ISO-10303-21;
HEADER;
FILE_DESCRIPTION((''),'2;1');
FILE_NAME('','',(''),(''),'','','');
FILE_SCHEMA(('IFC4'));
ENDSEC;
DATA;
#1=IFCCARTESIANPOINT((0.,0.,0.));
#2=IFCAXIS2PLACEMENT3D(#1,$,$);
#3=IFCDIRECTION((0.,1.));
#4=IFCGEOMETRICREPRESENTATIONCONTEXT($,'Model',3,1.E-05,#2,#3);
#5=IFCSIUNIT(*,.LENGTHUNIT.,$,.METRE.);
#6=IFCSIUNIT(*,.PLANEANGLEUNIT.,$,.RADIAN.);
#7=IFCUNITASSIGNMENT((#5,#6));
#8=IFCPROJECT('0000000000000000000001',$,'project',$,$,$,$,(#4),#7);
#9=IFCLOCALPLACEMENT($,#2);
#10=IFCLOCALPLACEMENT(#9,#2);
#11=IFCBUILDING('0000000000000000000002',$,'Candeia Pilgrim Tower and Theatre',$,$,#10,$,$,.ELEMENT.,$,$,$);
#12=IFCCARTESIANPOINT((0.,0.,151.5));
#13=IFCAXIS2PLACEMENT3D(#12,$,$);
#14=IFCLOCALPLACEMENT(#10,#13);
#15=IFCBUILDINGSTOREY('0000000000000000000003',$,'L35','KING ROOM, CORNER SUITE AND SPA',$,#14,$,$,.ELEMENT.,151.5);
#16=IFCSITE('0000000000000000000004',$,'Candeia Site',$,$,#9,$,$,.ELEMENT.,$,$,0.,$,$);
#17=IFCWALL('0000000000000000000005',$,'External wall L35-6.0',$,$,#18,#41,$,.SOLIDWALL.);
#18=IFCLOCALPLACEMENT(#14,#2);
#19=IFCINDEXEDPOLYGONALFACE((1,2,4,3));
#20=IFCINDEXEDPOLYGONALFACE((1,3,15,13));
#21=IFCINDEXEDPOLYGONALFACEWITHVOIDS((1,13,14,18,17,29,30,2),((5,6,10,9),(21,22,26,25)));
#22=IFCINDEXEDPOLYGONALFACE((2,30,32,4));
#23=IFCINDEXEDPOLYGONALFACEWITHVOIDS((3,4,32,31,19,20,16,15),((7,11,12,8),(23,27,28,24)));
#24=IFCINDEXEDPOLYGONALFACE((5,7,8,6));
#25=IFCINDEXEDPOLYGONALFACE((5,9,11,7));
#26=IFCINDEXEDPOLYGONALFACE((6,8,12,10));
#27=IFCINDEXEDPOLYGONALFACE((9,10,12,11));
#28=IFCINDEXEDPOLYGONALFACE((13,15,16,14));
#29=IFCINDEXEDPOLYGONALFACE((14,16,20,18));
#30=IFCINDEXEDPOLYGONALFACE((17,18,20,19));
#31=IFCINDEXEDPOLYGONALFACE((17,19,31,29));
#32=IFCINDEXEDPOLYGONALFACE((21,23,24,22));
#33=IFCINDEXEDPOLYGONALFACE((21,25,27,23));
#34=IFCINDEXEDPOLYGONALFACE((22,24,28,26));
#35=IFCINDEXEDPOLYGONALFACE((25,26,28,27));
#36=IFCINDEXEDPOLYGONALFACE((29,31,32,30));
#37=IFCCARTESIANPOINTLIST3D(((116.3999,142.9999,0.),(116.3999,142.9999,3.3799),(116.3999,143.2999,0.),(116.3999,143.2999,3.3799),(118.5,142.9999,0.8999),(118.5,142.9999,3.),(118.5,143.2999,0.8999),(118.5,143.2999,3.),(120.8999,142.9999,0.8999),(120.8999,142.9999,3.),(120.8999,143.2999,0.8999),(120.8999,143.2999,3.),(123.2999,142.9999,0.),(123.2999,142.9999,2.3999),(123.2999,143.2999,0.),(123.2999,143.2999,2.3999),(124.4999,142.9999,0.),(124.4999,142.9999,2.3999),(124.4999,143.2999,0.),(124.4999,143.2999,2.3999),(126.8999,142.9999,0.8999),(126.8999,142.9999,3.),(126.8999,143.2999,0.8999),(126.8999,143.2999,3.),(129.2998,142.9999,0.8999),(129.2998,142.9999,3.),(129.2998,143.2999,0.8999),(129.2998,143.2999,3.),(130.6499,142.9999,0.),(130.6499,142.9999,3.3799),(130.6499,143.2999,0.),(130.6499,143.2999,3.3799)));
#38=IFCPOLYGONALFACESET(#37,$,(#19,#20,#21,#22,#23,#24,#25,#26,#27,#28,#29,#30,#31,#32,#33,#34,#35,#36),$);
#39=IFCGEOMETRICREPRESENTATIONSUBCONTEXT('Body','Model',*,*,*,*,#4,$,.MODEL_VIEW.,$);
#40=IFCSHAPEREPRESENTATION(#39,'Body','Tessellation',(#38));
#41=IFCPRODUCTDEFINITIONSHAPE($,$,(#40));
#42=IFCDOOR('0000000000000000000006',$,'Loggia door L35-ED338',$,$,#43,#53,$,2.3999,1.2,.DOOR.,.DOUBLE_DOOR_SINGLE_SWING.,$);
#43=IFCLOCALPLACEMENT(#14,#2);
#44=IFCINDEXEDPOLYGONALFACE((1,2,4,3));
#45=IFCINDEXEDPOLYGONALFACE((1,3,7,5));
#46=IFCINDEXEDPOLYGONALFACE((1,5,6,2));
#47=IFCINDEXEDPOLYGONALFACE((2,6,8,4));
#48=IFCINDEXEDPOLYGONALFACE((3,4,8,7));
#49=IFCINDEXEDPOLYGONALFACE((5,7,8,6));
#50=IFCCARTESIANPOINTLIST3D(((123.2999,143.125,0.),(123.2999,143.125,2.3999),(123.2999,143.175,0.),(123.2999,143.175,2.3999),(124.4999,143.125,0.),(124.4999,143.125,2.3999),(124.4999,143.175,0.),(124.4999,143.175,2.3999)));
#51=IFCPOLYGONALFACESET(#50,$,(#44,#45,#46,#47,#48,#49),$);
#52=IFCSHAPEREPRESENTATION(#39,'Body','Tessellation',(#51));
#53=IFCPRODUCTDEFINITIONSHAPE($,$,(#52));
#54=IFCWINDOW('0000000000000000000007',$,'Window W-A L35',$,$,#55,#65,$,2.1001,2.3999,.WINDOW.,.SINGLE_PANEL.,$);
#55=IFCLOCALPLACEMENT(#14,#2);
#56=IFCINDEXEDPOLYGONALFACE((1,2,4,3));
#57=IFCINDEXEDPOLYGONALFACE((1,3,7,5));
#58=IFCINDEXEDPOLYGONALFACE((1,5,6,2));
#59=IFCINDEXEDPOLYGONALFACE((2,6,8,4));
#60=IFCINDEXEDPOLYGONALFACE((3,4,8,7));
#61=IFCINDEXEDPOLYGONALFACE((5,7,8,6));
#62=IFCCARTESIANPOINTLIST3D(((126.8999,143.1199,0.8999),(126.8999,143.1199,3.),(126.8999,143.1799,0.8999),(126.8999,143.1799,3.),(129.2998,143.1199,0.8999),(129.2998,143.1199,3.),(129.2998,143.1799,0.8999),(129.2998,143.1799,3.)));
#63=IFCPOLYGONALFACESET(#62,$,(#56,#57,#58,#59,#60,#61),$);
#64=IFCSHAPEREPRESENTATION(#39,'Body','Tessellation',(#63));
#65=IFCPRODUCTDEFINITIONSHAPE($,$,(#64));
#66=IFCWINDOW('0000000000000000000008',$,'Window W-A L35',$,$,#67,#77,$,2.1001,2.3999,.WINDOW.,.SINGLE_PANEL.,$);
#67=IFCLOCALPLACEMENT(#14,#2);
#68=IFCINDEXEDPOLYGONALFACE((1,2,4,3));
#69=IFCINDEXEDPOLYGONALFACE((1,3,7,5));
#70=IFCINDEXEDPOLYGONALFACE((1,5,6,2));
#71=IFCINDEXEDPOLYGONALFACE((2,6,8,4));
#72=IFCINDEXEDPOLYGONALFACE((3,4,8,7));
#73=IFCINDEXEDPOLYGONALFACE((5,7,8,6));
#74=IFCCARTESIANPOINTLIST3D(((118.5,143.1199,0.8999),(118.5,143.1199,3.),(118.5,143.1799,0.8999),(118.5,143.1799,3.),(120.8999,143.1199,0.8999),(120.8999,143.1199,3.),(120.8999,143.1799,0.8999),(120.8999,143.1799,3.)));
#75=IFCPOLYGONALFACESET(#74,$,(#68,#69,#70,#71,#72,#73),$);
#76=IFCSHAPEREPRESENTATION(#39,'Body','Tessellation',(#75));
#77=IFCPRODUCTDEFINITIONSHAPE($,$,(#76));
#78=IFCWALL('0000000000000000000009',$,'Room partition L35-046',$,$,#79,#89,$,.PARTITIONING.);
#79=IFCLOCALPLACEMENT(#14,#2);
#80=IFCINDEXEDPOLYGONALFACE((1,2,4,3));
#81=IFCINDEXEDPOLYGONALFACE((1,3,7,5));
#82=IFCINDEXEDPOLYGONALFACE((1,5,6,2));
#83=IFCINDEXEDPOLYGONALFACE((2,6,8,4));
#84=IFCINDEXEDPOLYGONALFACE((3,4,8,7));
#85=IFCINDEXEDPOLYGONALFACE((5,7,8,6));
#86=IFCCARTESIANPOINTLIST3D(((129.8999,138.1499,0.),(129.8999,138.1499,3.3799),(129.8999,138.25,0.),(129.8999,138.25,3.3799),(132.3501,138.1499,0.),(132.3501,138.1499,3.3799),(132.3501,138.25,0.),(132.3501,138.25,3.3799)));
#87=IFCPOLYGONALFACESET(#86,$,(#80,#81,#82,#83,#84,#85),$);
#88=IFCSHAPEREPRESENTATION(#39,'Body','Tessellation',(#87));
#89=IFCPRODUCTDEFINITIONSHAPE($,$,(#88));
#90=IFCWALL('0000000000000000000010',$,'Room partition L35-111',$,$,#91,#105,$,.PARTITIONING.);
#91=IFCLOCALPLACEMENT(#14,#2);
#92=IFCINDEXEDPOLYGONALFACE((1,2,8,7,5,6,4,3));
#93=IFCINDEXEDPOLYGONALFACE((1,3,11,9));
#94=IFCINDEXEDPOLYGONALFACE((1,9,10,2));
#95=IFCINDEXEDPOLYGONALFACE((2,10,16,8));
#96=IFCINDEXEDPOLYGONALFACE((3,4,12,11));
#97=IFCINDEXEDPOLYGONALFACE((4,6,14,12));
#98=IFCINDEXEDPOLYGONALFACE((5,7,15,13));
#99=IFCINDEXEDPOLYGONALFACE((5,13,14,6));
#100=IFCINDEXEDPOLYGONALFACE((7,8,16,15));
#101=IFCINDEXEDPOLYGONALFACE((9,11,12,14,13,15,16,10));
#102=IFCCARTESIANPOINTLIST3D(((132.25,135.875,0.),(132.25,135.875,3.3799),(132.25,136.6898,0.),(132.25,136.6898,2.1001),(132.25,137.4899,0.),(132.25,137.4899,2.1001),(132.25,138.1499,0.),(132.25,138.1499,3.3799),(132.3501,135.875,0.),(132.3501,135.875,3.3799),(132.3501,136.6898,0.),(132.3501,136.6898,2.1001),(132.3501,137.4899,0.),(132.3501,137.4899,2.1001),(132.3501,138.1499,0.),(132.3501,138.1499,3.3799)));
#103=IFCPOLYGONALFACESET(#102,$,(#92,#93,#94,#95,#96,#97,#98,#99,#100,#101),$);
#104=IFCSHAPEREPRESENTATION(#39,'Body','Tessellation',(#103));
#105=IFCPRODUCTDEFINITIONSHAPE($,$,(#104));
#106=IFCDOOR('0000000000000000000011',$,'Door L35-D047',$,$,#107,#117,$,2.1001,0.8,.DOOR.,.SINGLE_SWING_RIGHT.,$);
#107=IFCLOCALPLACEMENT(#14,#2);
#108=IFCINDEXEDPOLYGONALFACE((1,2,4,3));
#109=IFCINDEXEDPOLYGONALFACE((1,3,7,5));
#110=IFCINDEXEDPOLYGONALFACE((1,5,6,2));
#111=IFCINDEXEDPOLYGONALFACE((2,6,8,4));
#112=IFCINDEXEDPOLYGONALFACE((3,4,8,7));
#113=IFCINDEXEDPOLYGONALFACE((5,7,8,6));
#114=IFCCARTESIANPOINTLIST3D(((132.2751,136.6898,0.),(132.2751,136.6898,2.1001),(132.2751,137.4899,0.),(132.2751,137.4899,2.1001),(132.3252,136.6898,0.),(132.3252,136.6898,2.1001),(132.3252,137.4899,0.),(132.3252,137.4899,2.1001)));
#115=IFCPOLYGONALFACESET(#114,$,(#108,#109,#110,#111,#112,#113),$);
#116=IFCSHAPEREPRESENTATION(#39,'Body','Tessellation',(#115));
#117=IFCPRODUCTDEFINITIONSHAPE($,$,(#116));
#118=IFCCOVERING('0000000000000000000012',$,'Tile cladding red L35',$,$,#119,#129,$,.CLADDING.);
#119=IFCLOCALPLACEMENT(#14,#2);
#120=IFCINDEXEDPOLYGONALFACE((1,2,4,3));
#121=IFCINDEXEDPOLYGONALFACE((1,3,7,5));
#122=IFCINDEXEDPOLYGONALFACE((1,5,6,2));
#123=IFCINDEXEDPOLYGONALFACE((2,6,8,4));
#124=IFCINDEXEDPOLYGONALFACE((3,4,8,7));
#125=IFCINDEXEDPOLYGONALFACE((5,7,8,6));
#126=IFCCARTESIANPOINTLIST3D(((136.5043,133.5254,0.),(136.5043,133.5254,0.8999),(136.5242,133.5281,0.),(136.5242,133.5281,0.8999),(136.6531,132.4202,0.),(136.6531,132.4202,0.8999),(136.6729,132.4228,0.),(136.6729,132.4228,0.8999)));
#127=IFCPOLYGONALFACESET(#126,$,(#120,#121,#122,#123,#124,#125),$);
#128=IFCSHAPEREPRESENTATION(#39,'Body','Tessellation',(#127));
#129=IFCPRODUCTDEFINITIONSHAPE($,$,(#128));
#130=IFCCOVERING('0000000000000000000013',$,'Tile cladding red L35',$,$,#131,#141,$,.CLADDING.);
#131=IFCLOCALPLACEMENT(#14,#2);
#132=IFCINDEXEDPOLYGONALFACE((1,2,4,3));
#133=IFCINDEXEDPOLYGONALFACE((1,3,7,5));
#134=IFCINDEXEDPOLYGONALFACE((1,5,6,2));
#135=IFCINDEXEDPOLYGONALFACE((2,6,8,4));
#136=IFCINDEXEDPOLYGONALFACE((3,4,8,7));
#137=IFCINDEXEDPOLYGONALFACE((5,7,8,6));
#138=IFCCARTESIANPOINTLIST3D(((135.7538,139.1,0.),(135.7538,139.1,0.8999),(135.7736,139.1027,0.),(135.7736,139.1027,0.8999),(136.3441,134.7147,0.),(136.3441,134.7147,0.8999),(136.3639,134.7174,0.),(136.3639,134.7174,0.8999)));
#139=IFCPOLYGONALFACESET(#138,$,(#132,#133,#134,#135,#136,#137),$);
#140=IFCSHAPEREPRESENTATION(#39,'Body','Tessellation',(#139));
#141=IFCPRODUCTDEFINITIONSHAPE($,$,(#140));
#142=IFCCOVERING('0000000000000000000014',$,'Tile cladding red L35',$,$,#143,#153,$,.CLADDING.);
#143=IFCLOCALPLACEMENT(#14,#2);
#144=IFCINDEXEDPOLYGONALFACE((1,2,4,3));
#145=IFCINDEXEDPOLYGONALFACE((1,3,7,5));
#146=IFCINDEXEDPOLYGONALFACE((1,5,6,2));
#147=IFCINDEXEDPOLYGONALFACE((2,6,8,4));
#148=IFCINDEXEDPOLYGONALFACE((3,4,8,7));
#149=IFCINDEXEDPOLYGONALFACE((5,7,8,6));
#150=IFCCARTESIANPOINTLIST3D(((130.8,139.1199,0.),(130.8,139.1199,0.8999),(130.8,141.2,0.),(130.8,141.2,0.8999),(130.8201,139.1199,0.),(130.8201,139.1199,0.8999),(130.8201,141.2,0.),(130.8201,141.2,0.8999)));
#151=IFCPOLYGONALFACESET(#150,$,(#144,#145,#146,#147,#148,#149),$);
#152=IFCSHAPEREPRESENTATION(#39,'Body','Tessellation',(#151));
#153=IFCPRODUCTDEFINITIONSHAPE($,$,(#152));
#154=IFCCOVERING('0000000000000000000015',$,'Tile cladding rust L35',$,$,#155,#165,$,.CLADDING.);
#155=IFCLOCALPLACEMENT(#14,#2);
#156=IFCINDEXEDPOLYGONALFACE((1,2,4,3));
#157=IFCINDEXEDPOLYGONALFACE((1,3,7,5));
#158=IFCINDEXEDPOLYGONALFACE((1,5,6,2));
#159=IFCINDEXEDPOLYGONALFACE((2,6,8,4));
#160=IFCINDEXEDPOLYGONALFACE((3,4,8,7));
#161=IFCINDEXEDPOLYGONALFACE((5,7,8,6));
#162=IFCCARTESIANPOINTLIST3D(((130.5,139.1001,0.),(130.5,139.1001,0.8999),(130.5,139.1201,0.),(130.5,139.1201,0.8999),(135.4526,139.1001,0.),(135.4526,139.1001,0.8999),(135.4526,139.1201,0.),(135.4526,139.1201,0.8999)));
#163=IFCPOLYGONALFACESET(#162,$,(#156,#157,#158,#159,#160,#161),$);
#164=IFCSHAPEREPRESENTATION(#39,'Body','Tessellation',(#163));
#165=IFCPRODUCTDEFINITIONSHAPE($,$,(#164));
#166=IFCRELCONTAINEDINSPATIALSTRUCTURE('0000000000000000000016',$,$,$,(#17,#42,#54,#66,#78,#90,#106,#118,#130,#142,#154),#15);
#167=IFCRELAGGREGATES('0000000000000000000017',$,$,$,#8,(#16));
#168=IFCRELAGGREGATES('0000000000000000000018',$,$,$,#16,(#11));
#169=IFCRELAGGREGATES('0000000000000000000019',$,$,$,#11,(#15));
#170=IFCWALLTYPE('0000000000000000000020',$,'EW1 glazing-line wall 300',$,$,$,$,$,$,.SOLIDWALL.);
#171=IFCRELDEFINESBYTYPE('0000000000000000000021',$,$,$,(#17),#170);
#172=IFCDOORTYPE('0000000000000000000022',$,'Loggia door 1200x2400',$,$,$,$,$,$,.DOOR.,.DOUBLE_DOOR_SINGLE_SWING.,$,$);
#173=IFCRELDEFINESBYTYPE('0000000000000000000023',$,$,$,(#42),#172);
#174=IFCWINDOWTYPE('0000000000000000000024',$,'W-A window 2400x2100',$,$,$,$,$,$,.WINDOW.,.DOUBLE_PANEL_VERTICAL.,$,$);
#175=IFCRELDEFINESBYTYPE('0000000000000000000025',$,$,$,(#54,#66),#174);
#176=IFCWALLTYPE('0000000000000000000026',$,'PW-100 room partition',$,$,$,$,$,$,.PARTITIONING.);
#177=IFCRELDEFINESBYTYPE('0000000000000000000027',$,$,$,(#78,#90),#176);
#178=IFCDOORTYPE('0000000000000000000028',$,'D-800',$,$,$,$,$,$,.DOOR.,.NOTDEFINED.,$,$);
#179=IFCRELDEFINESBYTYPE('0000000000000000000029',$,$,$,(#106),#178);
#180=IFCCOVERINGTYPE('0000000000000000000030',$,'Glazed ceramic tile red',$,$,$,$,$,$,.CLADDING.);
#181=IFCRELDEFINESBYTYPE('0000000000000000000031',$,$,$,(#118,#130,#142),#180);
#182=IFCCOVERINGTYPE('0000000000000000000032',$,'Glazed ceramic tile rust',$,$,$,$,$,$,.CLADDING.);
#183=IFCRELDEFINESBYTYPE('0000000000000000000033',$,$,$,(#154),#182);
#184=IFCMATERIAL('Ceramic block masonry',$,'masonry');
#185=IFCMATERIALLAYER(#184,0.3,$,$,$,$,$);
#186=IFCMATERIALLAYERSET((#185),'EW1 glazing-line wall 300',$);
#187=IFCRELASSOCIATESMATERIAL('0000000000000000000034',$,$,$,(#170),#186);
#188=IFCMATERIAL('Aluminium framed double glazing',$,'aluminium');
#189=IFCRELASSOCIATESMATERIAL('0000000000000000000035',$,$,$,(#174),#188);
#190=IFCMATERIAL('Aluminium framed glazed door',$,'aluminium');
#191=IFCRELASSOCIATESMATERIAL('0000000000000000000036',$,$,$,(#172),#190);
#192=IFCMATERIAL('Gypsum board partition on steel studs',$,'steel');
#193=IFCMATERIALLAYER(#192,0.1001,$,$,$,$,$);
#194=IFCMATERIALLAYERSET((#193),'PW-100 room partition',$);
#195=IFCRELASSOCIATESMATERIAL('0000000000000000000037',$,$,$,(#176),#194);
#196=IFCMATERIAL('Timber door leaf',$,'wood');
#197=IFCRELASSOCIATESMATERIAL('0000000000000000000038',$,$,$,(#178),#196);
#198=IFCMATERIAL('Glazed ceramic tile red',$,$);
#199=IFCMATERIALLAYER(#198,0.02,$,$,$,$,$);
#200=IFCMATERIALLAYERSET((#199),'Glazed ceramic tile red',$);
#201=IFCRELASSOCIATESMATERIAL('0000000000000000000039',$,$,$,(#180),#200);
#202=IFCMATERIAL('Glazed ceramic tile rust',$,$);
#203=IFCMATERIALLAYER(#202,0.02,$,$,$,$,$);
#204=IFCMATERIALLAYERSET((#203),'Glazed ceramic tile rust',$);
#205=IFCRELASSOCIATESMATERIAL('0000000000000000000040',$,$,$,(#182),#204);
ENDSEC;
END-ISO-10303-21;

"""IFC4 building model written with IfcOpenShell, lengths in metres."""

from ifc_helpers import new_model, si_unit, direction, frame, frame_2d, origin, origin_2d, place, context, subcontext, project, spatial, rectangle, extrude, material, layer, layer_set, type_object, element, fill, save


model = new_model("IFC4")

# Units and contexts
model_context = context("Model", 3, precision=1e-05, world=origin(), true_north=direction((0.0, 1.0)))
body_context = subcontext(model_context, "Body", "Model", "MODEL_VIEW")
ifc_project = project(units=[si_unit("LENGTHUNIT", "METRE"), si_unit("PLANEANGLEUNIT", "RADIAN")], contexts=[model_context])

# Site, building, storey
site_placement = place(None, origin())
site = spatial("IfcSite", under=ifc_project, at=site_placement, Name="Candeia Site", CompositionType="ELEMENT", RefElevation=0.0)
building_placement = place(site_placement, origin())
building = spatial("IfcBuilding", under=site, at=building_placement, Name="Candeia Pilgrim Tower and Theatre", CompositionType="ELEMENT")
storey_placement = place(building_placement, frame((0.0, 0.0, 151.5)))
storey = spatial("IfcBuildingStorey", under=building, at=storey_placement, Name="L35", Description="KING ROOM, CORNER SUITE AND SPA", CompositionType="ELEMENT", Elevation=151.5)

# Shared definitions
ifc_material_1 = material(Name="Ceramic block masonry", Category="masonry")
ifc_layer_1 = layer(ifc_material_1, 0.3)
ifc_layer_set_1 = layer_set([ifc_layer_1], Name="EW1 glazing-line wall 300")
wall_type_1 = type_object("IfcWallType", Name="EW1 glazing-line wall 300", PredefinedType="SOLIDWALL", material=ifc_layer_set_1)
ifc_material_2 = material(Name="Aluminium framed double glazing", Category="aluminium")
window_type = type_object("IfcWindowType", Name="W-A window 2400x2100", PartitioningType="DOUBLE_PANEL_VERTICAL", PredefinedType="WINDOW", material=ifc_material_2)

# Wall, openings, door, windows
wall_1_placement = place(storey_placement, frame((130.6499, 143.1499, 0.0), z_axis=(0.0, 0.0, 1.0), x_axis=(-1.0, 0.0, 0.0)))
wall_1 = element("IfcWall", 1, at=wall_1_placement, inside=storey, type_object=wall_type_1, Name="External wall L35-6.0", PredefinedType="SOLIDWALL", context=body_context, shape_type="SweptSolid", body=[
    extrude(rectangle(XDim=14.25, YDim=0.3, at=frame_2d((7.125, 0.0))), origin(), (0.0, 0.0, 1.0), 3.3799),
])
opening_1_placement = place(wall_1_placement, frame((1.3501, 0.0, 0.8999)))
opening_1 = element("IfcOpeningElement", 2, at=opening_1_placement, cuts=wall_1, PredefinedType="OPENING", context=body_context, shape_type="SweptSolid", body=[
    extrude(rectangle(XDim=2.3999, YDim=2.1001, at=frame_2d((1.2, 1.05))), frame((0.0, 0.1602, 0.0), z_axis=(0.0, -1.0, 0.0), x_axis=(1.0, 0.0, 0.0)), (0.0, 0.0, 1.0), 0.3201),
])
opening_2_placement = place(wall_1_placement, frame((6.1499, 0.0, 0.0)))
opening_2 = element("IfcOpeningElement", 3, at=opening_2_placement, cuts=wall_1, PredefinedType="OPENING", context=body_context, shape_type="SweptSolid", body=[
    extrude(rectangle(XDim=1.2, YDim=2.3999, at=frame_2d((0.6001, 1.2))), frame((0.0, 0.1602, 0.0), z_axis=(0.0, -1.0, 0.0), x_axis=(1.0, 0.0, 0.0)), (0.0, 0.0, 1.0), 0.3201),
])
opening_3_placement = place(wall_1_placement, frame((9.75, 0.0, 0.8999)))
opening_3 = element("IfcOpeningElement", 4, at=opening_3_placement, cuts=wall_1, PredefinedType="OPENING", context=body_context, shape_type="SweptSolid", body=[
    extrude(rectangle(XDim=2.3999, YDim=2.1001, at=frame_2d((1.2, 1.05))), frame((0.0, 0.1602, 0.0), z_axis=(0.0, -1.0, 0.0), x_axis=(1.0, 0.0, 0.0)), (0.0, 0.0, 1.0), 0.3201),
])
ifc_material_3 = material(Name="Aluminium framed glazed door", Category="aluminium")
door_type_1 = type_object("IfcDoorType", Name="Loggia door 1200x2400", OperationType="DOUBLE_DOOR_SINGLE_SWING", PredefinedType="DOOR", material=ifc_material_3)
door_1_placement = place(opening_2_placement, origin())
door_1 = element("IfcDoor", 5, at=door_1_placement, inside=storey, type_object=door_type_1, Name="Loggia door L35-ED338", OperationType="DOUBLE_DOOR_SINGLE_SWING", OverallHeight=2.3999, OverallWidth=1.2, PredefinedType="DOOR", context=body_context, shape_type="SweptSolid", body=[
    extrude(rectangle(XDim=1.2, YDim=2.3999, at=frame_2d((0.6001, 1.2))), frame((0.0, 0.0249, 0.0), z_axis=(0.0, -1.0, 0.0), x_axis=(1.0, 0.0, 0.0)), (0.0, 0.0, 1.0), 0.05),
])
fill(opening_2, door_1)
window_1_placement = place(opening_1_placement, origin())
window_1 = element("IfcWindow", 6, at=window_1_placement, inside=storey, type_object=window_type, Name="Window W-A L35", OverallHeight=2.1001, OverallWidth=2.3999, PartitioningType="SINGLE_PANEL", PredefinedType="WINDOW", context=body_context, shape_type="SweptSolid", body=[
    extrude(rectangle(XDim=2.3999, YDim=2.1001, at=frame_2d((1.2, 1.05))), frame((0.0, 0.03, 0.0), z_axis=(0.0, -1.0, 0.0), x_axis=(1.0, 0.0, 0.0)), (0.0, 0.0, 1.0), 0.0601),
])
fill(opening_1, window_1)
window_2_placement = place(opening_3_placement, origin())
window_2 = element("IfcWindow", 7, at=window_2_placement, inside=storey, type_object=window_type, Name="Window W-A L35", OverallHeight=2.1001, OverallWidth=2.3999, PartitioningType="SINGLE_PANEL", PredefinedType="WINDOW", context=body_context, shape_type="SweptSolid", body=[
    extrude(rectangle(XDim=2.3999, YDim=2.1001, at=frame_2d((1.2, 1.05))), frame((0.0, 0.03, 0.0), z_axis=(0.0, -1.0, 0.0), x_axis=(1.0, 0.0, 0.0)), (0.0, 0.0, 1.0), 0.0601),
])
fill(opening_3, window_2)

# Wall
ifc_material_4 = material(Name="Gypsum board partition on steel studs", Category="steel")
ifc_layer_2 = layer(ifc_material_4, 0.1001)
ifc_layer_set_2 = layer_set([ifc_layer_2], Name="PW-100 room partition")
wall_type_2 = type_object("IfcWallType", Name="PW-100 room partition", PredefinedType="PARTITIONING", material=ifc_layer_set_2)
wall_2_placement = place(storey_placement, frame((129.8999, 138.2, 0.0), z_axis=(0.0, 0.0, 1.0), x_axis=(1.0, 0.0, 0.0)))
element("IfcWall", 8, at=wall_2_placement, inside=storey, type_object=wall_type_2, Name="Room partition L35-046", PredefinedType="PARTITIONING", context=body_context, shape_type="SweptSolid", body=[
    extrude(rectangle(XDim=2.4502, YDim=0.1001, at=frame_2d((1.2251, 0.0))), origin(), (0.0, 0.0, 1.0), 3.3799),
])

# Wall, opening, door
wall_3_placement = place(storey_placement, frame((132.3, 135.875, 0.0), z_axis=(0.0, 0.0, 1.0), x_axis=(0.0, 1.0, 0.0)))
wall_3 = element("IfcWall", 9, at=wall_3_placement, inside=storey, type_object=wall_type_2, Name="Room partition L35-111", PredefinedType="PARTITIONING", context=body_context, shape_type="SweptSolid", body=[
    extrude(rectangle(XDim=2.2749, YDim=0.1001, at=frame_2d((1.1375, 0.0))), origin(), (0.0, 0.0, 1.0), 3.3799),
])
opening_4_placement = place(wall_3_placement, frame((0.8149, 0.0, 0.0)))
opening_4 = element("IfcOpeningElement", 10, at=opening_4_placement, cuts=wall_3, PredefinedType="OPENING", context=body_context, shape_type="SweptSolid", body=[
    extrude(rectangle(XDim=0.8, YDim=2.1001, at=frame_2d((0.3999, 1.05))), frame((0.0, 0.0601, 0.0), z_axis=(0.0, -1.0, 0.0), x_axis=(1.0, 0.0, 0.0)), (0.0, 0.0, 1.0), 0.1201),
])
ifc_material_5 = material(Name="Timber door leaf", Category="wood")
door_type_2 = type_object("IfcDoorType", Name="D-800", OperationType="NOTDEFINED", PredefinedType="DOOR", material=ifc_material_5)
door_2_placement = place(opening_4_placement, origin())
door_2 = element("IfcDoor", 11, at=door_2_placement, inside=storey, type_object=door_type_2, Name="Door L35-D047", OperationType="SINGLE_SWING_RIGHT", OverallHeight=2.1001, OverallWidth=0.8, PredefinedType="DOOR", context=body_context, shape_type="SweptSolid", body=[
    extrude(rectangle(XDim=0.8, YDim=2.1001, at=frame_2d((0.3999, 1.05))), frame((0.0, 0.0249, 0.0), z_axis=(0.0, -1.0, 0.0), x_axis=(1.0, 0.0, 0.0)), (0.0, 0.0, 1.0), 0.05),
])
fill(opening_4, door_2)

# Coverings
ifc_material_6 = material(Name="Glazed ceramic tile red")
ifc_layer_3 = layer(ifc_material_6, 0.02)
ifc_layer_set_3 = layer_set([ifc_layer_3], Name="Glazed ceramic tile red")
covering_type_1 = type_object("IfcCoveringType", Name="Glazed ceramic tile red", PredefinedType="CLADDING", material=ifc_layer_set_3)
covering_1_placement = place(storey_placement, frame((136.5886, 132.9741, 0.0), z_axis=(0.0, 0.0, 1.0), x_axis=(-0.133412, 0.991061, 0.0)))
element("IfcCovering", 12, at=covering_1_placement, inside=storey, type_object=covering_type_1, Name="Tile cladding red L35", PredefinedType="CLADDING", context=body_context, shape_type="SweptSolid", body=[
    extrude(rectangle(XDim=1.1152, YDim=0.02, at=origin_2d()), origin(), (0.0, 0.0, 1.0), 0.8999),
])
covering_2_placement = place(storey_placement, frame((136.0588, 136.9087, 0.0), z_axis=(0.0, 0.0, 1.0), x_axis=(-0.133412, 0.991061, 0.0)))
element("IfcCovering", 13, at=covering_2_placement, inside=storey, type_object=covering_type_1, Name="Tile cladding red L35", PredefinedType="CLADDING", context=body_context, shape_type="SweptSolid", body=[
    extrude(rectangle(XDim=4.4248, YDim=0.02, at=origin_2d()), origin(), (0.0, 0.0, 1.0), 0.8999),
])
covering_3_placement = place(storey_placement, frame((130.8101, 140.1599, 0.0), z_axis=(0.0, 0.0, 1.0), x_axis=(0.0, 1.0, 0.0)))
element("IfcCovering", 14, at=covering_3_placement, inside=storey, type_object=covering_type_1, Name="Tile cladding red L35", PredefinedType="CLADDING", context=body_context, shape_type="SweptSolid", body=[
    extrude(rectangle(XDim=2.0801, YDim=0.02, at=origin_2d()), origin(), (0.0, 0.0, 1.0), 0.8999),
])
ifc_material_7 = material(Name="Glazed ceramic tile rust")
ifc_layer_4 = layer(ifc_material_7, 0.02)
ifc_layer_set_4 = layer_set([ifc_layer_4], Name="Glazed ceramic tile rust")
covering_type_2 = type_object("IfcCoveringType", Name="Glazed ceramic tile rust", PredefinedType="CLADDING", material=ifc_layer_set_4)
covering_4_placement = place(storey_placement, frame((132.9763, 139.1101, 0.0), z_axis=(0.0, 0.0, 1.0), x_axis=(-1.0, 0.0, 0.0)))
element("IfcCovering", 15, at=covering_4_placement, inside=storey, type_object=covering_type_2, Name="Tile cladding rust L35", PredefinedType="CLADDING", context=body_context, shape_type="SweptSolid", body=[
    extrude(rectangle(XDim=4.9526, YDim=0.02, at=origin_2d()), origin(), (0.0, 0.0, 1.0), 0.8999),
])

save(model, "model.ifc")
